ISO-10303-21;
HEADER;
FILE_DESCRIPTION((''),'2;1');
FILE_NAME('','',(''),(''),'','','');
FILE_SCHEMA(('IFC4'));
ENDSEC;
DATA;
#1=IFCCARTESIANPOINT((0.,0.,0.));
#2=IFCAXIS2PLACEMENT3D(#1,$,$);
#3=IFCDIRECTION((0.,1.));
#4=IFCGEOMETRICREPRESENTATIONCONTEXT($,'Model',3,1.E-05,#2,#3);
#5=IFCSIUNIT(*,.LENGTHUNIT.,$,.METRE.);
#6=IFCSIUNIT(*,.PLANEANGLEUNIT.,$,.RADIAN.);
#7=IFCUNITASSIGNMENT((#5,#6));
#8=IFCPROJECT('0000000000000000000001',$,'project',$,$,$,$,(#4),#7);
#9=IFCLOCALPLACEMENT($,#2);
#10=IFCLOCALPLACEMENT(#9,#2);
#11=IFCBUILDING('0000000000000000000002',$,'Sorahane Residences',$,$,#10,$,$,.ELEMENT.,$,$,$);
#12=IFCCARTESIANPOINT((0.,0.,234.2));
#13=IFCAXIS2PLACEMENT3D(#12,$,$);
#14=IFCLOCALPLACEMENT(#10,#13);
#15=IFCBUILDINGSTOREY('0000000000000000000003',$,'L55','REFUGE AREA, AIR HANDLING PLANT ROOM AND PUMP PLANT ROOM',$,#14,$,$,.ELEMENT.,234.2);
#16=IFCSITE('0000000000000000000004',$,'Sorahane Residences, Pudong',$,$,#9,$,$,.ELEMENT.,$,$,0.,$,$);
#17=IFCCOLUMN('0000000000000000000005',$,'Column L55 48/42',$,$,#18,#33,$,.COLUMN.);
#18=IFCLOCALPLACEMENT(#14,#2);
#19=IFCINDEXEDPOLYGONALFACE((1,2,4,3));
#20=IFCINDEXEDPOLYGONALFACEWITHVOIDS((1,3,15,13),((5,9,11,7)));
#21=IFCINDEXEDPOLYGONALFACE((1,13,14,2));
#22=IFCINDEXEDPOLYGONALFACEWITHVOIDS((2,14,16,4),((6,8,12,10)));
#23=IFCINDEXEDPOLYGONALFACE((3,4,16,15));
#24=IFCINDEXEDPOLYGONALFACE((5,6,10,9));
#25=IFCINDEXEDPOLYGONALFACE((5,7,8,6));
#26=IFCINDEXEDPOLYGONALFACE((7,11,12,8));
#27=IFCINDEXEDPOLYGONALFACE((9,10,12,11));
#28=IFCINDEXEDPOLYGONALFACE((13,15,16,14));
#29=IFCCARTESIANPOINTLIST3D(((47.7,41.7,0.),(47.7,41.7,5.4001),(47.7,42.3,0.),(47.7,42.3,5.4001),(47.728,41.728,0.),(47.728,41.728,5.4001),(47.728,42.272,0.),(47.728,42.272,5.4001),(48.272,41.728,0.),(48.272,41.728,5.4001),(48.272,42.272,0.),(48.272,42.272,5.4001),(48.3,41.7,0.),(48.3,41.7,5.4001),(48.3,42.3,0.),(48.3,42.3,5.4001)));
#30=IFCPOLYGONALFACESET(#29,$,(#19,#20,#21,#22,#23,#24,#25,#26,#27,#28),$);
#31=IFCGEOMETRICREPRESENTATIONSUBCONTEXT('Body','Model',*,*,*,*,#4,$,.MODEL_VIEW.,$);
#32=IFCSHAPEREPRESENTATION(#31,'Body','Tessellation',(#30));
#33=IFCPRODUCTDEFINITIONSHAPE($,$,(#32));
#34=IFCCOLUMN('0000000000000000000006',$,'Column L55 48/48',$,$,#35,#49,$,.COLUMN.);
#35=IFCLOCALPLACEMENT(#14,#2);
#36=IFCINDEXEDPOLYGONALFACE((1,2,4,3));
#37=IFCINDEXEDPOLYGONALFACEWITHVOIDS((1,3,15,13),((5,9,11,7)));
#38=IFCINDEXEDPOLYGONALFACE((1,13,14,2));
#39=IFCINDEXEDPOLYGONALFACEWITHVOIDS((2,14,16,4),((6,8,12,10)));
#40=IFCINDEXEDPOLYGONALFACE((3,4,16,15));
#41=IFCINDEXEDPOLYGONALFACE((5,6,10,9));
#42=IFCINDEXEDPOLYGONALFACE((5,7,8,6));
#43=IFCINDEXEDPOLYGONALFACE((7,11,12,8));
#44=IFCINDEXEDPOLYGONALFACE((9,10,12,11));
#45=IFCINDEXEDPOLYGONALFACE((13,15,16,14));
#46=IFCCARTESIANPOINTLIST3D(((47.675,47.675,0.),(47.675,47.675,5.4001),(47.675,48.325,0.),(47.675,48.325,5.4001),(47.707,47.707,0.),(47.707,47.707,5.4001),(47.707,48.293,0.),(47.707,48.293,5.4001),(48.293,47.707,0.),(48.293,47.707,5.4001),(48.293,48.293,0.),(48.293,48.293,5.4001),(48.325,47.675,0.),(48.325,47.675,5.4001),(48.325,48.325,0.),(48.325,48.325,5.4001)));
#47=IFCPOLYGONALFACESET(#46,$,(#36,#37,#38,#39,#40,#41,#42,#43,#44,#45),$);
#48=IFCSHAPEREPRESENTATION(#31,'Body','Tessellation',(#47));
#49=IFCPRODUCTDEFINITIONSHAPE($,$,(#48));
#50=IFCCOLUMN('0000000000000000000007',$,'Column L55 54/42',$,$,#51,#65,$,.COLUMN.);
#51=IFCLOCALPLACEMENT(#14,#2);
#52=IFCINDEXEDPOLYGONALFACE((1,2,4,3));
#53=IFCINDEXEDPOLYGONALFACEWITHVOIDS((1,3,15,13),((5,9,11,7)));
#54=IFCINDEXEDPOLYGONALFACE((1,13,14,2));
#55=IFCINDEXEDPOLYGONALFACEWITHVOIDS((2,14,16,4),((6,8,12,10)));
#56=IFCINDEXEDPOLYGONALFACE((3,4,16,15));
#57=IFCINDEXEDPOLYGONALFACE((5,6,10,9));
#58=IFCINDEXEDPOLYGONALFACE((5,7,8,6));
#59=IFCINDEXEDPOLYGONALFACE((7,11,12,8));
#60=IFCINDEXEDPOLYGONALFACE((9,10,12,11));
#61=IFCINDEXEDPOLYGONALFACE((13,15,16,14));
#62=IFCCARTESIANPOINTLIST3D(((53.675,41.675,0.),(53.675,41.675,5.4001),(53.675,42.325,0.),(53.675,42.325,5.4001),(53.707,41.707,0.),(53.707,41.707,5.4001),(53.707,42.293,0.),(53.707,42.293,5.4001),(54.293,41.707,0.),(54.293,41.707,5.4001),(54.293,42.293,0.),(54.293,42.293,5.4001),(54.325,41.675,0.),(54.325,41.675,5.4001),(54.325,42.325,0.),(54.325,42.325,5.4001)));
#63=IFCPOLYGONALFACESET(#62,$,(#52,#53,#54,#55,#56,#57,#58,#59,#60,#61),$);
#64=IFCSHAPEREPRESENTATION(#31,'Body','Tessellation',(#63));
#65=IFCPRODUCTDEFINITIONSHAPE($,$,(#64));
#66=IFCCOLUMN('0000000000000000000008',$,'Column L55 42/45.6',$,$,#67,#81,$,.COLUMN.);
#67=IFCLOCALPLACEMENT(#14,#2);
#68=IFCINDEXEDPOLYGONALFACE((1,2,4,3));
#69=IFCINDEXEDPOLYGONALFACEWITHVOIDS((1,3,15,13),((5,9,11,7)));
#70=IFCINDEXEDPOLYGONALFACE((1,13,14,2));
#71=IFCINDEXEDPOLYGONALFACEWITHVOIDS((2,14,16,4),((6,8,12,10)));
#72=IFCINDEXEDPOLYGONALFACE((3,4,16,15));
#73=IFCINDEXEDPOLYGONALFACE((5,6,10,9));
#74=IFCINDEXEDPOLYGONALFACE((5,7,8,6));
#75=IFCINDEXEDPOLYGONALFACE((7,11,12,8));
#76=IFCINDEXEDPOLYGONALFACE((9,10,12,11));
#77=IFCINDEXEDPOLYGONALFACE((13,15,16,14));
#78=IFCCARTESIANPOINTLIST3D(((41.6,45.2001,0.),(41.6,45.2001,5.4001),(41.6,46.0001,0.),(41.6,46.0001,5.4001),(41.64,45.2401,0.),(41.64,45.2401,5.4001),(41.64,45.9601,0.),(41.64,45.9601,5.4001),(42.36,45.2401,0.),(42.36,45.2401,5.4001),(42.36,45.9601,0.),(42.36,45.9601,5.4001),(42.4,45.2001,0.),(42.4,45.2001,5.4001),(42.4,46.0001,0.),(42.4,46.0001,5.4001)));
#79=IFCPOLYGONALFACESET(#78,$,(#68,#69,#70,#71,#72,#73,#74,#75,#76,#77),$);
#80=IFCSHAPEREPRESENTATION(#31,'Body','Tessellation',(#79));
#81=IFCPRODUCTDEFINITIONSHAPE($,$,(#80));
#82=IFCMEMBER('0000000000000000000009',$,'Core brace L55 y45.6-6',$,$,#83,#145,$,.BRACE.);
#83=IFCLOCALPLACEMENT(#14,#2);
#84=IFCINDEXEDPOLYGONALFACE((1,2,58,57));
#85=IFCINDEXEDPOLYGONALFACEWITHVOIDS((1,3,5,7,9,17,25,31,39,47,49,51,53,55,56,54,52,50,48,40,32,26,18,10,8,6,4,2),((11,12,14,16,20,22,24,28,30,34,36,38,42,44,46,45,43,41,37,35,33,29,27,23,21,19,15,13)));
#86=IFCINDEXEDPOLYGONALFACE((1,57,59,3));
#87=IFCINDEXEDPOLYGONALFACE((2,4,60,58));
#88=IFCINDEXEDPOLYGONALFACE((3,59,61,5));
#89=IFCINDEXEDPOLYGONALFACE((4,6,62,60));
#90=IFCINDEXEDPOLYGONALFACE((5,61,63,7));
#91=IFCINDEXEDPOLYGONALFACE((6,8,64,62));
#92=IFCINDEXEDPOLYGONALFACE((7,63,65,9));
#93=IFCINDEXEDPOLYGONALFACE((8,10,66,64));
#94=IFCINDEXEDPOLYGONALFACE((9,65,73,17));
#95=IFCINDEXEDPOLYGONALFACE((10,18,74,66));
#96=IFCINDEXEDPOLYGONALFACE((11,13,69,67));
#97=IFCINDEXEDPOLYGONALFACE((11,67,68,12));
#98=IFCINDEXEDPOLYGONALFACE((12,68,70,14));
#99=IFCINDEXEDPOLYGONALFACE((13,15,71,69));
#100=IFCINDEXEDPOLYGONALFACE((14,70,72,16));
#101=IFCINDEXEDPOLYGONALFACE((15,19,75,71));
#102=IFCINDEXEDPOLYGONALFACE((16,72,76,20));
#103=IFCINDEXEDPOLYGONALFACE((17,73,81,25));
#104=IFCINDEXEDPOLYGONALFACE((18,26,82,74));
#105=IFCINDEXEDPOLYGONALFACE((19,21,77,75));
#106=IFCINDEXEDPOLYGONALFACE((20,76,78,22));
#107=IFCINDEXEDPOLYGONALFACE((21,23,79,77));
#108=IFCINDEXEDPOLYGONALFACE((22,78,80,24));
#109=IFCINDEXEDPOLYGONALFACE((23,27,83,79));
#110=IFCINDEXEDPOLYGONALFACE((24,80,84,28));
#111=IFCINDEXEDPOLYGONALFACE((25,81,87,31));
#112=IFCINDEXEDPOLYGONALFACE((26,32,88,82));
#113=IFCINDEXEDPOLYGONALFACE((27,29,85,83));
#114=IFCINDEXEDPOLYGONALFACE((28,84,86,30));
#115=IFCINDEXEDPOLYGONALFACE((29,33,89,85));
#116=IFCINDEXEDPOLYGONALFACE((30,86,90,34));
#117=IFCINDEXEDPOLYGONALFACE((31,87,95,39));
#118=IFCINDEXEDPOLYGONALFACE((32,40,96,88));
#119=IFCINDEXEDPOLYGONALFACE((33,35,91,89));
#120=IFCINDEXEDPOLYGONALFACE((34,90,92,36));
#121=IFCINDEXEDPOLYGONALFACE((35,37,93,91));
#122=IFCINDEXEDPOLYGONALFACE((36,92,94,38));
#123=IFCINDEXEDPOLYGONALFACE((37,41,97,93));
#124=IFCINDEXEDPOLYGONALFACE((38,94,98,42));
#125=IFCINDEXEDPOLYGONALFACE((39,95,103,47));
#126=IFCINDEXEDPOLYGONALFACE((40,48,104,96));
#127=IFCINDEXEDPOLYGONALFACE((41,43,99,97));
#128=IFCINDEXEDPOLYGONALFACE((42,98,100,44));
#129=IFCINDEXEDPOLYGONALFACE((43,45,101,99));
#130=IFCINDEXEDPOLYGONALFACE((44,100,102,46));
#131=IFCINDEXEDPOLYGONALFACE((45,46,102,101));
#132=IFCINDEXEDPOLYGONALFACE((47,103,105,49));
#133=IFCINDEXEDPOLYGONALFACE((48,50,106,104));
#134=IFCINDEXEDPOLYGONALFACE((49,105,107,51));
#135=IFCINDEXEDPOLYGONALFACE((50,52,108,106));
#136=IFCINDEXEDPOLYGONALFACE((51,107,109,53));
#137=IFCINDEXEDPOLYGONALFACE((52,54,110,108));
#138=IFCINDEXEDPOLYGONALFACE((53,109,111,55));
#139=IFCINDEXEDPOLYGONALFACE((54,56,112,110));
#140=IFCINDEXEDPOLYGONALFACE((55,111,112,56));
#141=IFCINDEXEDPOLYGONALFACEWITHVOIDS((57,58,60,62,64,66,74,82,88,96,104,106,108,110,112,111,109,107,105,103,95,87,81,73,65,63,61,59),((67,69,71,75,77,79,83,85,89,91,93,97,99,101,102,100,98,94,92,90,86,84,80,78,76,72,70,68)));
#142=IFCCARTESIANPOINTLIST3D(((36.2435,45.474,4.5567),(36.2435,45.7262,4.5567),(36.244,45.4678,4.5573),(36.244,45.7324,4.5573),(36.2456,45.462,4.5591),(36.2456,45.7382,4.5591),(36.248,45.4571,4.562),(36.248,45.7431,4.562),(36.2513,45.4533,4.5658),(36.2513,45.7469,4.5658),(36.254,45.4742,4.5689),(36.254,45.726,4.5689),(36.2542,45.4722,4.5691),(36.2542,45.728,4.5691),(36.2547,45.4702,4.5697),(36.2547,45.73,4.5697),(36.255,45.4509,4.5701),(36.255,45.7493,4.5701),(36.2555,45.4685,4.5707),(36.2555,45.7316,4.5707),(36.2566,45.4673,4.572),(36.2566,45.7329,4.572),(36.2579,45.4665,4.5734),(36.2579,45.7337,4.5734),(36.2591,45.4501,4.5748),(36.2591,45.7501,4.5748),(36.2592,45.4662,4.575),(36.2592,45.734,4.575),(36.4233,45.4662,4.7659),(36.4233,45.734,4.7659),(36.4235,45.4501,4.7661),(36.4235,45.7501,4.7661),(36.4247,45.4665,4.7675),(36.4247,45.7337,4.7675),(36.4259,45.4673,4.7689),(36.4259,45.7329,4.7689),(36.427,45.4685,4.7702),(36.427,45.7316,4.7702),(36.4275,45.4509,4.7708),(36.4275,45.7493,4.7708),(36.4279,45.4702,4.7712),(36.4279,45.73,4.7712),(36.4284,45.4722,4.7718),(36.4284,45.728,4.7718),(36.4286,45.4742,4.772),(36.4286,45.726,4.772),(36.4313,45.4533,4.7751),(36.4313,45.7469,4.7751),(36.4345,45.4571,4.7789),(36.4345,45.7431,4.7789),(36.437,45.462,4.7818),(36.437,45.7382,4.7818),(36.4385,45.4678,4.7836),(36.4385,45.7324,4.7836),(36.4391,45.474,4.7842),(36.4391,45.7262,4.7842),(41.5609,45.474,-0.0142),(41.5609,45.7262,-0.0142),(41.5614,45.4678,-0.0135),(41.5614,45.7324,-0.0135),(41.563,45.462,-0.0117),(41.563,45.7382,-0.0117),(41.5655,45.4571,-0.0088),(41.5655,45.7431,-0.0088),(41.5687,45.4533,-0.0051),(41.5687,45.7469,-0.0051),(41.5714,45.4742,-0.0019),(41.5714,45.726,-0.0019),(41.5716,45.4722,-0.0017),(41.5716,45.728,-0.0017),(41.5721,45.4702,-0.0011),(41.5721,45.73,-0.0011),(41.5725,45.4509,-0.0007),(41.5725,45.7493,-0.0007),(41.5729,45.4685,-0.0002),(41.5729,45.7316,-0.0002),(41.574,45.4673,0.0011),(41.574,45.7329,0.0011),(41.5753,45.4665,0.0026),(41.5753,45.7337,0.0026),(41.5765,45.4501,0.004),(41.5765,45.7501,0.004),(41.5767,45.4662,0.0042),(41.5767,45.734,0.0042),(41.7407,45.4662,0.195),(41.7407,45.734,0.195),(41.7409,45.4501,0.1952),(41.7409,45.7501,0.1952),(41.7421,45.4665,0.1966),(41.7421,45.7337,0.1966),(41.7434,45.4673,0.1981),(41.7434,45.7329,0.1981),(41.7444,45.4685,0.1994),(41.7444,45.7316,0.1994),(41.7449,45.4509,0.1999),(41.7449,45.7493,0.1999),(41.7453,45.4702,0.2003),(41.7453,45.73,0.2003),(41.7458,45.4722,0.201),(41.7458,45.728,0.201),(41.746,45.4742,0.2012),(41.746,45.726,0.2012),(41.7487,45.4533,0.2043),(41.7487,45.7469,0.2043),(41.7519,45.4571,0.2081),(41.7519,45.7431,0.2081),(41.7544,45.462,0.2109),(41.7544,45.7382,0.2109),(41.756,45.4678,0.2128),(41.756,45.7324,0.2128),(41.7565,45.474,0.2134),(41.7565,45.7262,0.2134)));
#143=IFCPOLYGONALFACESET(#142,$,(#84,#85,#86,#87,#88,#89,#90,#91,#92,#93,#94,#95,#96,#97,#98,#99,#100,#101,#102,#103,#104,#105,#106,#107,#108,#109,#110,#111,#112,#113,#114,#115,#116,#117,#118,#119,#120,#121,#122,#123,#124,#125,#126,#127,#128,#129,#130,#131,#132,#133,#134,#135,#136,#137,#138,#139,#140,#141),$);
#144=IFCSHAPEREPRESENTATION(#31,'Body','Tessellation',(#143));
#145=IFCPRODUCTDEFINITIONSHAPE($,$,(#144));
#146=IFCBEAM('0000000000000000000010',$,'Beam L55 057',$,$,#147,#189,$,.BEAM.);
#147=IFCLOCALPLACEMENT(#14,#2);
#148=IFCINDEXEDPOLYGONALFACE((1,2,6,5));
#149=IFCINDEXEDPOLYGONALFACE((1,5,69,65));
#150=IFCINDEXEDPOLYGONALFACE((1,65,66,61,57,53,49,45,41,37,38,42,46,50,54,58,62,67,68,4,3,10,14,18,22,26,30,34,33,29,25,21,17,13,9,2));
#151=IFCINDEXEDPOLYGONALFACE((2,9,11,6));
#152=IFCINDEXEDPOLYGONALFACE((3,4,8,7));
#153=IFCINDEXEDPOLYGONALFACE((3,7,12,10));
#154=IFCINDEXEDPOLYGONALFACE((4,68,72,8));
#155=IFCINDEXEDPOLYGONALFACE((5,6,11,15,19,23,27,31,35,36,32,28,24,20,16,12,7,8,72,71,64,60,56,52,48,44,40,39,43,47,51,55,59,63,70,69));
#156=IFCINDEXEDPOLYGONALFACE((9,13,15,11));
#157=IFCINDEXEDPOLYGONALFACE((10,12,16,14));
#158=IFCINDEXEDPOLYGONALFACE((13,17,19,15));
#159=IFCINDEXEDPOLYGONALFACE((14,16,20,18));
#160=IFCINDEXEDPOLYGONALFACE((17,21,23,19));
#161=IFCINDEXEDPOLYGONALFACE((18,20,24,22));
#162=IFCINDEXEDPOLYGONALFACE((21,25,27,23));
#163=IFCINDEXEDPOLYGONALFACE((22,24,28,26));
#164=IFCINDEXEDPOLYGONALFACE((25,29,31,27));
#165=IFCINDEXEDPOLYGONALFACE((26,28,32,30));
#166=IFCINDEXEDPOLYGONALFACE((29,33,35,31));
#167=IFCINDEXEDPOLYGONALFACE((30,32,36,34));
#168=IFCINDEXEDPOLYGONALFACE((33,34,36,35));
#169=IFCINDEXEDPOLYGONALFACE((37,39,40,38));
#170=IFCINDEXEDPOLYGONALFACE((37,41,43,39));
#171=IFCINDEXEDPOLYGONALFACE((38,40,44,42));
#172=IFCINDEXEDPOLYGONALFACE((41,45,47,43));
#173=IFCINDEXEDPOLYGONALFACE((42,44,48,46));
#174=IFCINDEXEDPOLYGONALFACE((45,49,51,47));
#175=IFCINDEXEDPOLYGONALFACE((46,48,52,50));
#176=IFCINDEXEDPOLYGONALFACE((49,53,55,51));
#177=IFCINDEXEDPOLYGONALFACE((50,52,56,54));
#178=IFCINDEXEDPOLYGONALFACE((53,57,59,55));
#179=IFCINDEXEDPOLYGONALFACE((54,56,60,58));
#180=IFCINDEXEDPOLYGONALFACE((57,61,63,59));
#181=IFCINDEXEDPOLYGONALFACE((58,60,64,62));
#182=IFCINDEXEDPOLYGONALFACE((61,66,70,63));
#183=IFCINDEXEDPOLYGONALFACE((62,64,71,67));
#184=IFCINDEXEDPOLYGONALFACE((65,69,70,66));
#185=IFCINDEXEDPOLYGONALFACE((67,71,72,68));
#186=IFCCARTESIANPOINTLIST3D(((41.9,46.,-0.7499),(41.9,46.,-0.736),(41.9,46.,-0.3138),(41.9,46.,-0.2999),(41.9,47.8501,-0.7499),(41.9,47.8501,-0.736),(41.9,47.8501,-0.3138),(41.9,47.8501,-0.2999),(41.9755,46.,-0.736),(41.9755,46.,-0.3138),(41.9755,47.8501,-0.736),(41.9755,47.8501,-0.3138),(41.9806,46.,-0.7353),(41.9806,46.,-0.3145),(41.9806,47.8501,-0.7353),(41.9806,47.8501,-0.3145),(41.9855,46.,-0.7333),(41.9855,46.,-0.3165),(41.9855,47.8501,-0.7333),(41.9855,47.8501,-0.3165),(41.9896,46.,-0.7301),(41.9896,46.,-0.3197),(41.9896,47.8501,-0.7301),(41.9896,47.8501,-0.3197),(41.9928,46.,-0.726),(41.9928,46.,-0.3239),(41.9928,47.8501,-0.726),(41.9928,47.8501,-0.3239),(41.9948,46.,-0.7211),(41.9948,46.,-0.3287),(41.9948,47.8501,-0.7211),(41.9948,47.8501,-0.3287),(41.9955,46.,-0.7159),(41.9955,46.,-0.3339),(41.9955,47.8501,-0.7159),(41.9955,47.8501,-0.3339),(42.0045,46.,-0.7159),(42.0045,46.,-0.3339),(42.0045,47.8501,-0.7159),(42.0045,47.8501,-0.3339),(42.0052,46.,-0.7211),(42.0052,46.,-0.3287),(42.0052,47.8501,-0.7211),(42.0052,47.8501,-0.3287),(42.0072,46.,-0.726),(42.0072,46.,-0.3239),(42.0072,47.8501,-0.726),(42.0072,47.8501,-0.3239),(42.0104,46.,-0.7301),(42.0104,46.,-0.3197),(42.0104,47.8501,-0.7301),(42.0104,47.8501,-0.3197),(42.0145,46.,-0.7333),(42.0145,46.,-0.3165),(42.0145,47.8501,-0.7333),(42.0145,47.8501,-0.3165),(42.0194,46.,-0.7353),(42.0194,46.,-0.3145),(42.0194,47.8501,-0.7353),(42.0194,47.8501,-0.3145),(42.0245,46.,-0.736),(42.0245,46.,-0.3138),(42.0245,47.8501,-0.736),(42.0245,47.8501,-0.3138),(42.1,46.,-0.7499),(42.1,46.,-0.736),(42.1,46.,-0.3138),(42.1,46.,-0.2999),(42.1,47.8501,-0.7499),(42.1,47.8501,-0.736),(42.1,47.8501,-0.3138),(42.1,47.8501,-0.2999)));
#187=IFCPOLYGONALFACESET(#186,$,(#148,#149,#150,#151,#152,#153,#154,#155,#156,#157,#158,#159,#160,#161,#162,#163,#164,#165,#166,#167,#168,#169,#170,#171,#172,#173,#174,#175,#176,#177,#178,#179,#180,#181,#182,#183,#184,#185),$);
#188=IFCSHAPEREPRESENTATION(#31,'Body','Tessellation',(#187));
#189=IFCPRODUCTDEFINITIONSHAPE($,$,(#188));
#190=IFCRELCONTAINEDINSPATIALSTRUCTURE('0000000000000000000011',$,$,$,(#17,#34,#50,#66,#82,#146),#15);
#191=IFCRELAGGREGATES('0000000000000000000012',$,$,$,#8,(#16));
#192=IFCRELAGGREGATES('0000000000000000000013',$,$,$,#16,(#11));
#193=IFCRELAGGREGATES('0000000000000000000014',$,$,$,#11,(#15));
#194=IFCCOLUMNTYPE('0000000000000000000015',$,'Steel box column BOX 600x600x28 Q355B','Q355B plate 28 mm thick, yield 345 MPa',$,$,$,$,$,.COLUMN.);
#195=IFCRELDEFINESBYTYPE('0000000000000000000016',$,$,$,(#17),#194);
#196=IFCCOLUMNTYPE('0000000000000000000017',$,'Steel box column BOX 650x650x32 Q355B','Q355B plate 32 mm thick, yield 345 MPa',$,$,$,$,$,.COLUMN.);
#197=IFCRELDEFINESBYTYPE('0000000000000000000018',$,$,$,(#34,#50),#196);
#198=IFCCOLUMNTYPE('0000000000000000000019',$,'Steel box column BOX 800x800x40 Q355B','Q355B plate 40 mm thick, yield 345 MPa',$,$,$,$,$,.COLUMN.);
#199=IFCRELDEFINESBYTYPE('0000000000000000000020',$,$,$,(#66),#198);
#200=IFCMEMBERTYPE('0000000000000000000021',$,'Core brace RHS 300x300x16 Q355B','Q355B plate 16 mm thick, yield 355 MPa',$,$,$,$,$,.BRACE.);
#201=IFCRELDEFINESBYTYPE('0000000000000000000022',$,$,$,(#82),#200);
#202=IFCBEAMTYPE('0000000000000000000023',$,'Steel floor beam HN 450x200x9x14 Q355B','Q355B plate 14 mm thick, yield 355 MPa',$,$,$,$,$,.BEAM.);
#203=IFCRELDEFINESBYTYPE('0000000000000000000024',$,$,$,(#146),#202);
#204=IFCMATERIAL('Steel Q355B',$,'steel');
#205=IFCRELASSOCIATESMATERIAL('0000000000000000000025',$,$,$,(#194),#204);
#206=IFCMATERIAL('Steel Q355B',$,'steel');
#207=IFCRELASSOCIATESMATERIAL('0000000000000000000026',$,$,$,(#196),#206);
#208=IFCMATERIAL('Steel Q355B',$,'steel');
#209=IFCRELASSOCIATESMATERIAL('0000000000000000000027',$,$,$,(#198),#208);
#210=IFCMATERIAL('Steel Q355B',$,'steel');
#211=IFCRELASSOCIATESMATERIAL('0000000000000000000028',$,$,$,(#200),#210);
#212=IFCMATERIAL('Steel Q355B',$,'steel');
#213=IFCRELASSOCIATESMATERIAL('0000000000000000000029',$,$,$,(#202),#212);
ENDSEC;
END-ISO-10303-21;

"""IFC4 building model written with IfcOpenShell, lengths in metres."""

from ifc_helpers import new_model, si_unit, direction, frame, origin, origin_2d, place, context, subcontext, project, spatial, hollow_rectangle, i_section, extrude, material, material_profile, profile_set, type_object, element, save


model = new_model("IFC4")

# Units and contexts
model_context = context("Model", 3, precision=1e-05, world=origin(), true_north=direction((0.0, 1.0)))
body_context = subcontext(model_context, "Body", "Model", "MODEL_VIEW")
ifc_project = project(units=[si_unit("LENGTHUNIT", "METRE"), si_unit("PLANEANGLEUNIT", "RADIAN")], contexts=[model_context])

# Site, building, storey
site_placement = place(None, origin())
site = spatial("IfcSite", under=ifc_project, at=site_placement, Name="Sorahane Residences, Pudong", CompositionType="ELEMENT", RefElevation=0.0)
building_placement = place(site_placement, origin())
building = spatial("IfcBuilding", under=site, at=building_placement, Name="Sorahane Residences", CompositionType="ELEMENT")
storey_placement = place(building_placement, frame((0.0, 0.0, 234.2)))
storey = spatial("IfcBuildingStorey", under=building, at=storey_placement, Name="L55", Description="REFUGE AREA, AIR HANDLING PLANT ROOM AND PUMP PLANT ROOM", CompositionType="ELEMENT", Elevation=234.2)

# Columns
ifc_material_1 = material(Name="Steel Q355B", Category="steel")
ifc_material_profile_1 = material_profile(ifc_material_1, hollow_rectangle(XDim=0.6001, YDim=0.6001, WallThickness=0.0281, at=origin_2d()), Name="BOX 600x600x28")
ifc_profile_set_1 = profile_set([ifc_material_profile_1], Name="Steel Q355B")
column_type_1 = type_object("IfcColumnType", Name="Steel box column BOX 600x600x28 Q355B", Description="Q355B plate 28 mm thick, yield 345 MPa", PredefinedType="COLUMN", material=ifc_profile_set_1)
column_1_placement = place(storey_placement, frame((48.0, 42.0, 0.0), z_axis=(0.0, 0.0, 1.0), x_axis=(1.0, 0.0, 0.0)))
element("IfcColumn", 1, at=column_1_placement, inside=storey, type_object=column_type_1, Name="Column L55 48/42", PredefinedType="COLUMN", context=body_context, shape_type="SweptSolid", body=[
    extrude(hollow_rectangle(XDim=0.6001, YDim=0.6001, WallThickness=0.0281, at=origin_2d()), origin(), (0.0, 0.0, 1.0), 5.4001),
])
ifc_material_2 = material(Name="Steel Q355B", Category="steel")
ifc_material_profile_2 = material_profile(ifc_material_2, hollow_rectangle(XDim=0.6499, YDim=0.6499, WallThickness=0.032, at=origin_2d()), Name="BOX 650x650x32")
ifc_profile_set_2 = profile_set([ifc_material_profile_2], Name="Steel Q355B")
column_type_2 = type_object("IfcColumnType", Name="Steel box column BOX 650x650x32 Q355B", Description="Q355B plate 32 mm thick, yield 345 MPa", PredefinedType="COLUMN", material=ifc_profile_set_2)
for number, where, z_axis, x_axis, name in (
    (2, (48.0, 48.0, 0.0), (0.0, 0.0, 1.0), (1.0, 0.0, 0.0), "Column L55 48/48"),
    (3, (54.0, 42.0, 0.0), (0.0, 0.0, 1.0), (1.0, 0.0, 0.0), "Column L55 54/42"),
):
    element("IfcColumn", number, at=place(storey_placement, frame(where, z_axis=z_axis, x_axis=x_axis)), inside=storey, type_object=column_type_2, Name=name, PredefinedType="COLUMN", context=body_context, shape_type="SweptSolid", body=[
        extrude(hollow_rectangle(XDim=0.6499, YDim=0.6499, WallThickness=0.032, at=origin_2d()), origin(), (0.0, 0.0, 1.0), 5.4001),
    ])
ifc_material_3 = material(Name="Steel Q355B", Category="steel")
ifc_material_profile_3 = material_profile(ifc_material_3, hollow_rectangle(XDim=0.8, YDim=0.8, WallThickness=0.04, at=origin_2d()), Name="BOX 800x800x40")
ifc_profile_set_3 = profile_set([ifc_material_profile_3], Name="Steel Q355B")
column_type_3 = type_object("IfcColumnType", Name="Steel box column BOX 800x800x40 Q355B", Description="Q355B plate 40 mm thick, yield 345 MPa", PredefinedType="COLUMN", material=ifc_profile_set_3)
column_2_placement = place(storey_placement, frame((42.0, 45.6001, 0.0), z_axis=(0.0, 0.0, 1.0), x_axis=(1.0, 0.0, 0.0)))
element("IfcColumn", 4, at=column_2_placement, inside=storey, type_object=column_type_3, Name="Column L55 42/45.6", PredefinedType="COLUMN", context=body_context, shape_type="SweptSolid", body=[
    extrude(hollow_rectangle(XDim=0.8, YDim=0.8, WallThickness=0.04, at=origin_2d()), origin(), (0.0, 0.0, 1.0), 5.4001),
])

# Member
ifc_material_4 = material(Name="Steel Q355B", Category="steel")
ifc_material_profile_4 = material_profile(ifc_material_4, hollow_rectangle(XDim=0.3, YDim=0.3, WallThickness=0.0161, InnerFilletRadius=0.0081, OuterFilletRadius=0.0239, at=origin_2d()), Name="RHS 300x300x16")
ifc_profile_set_4 = profile_set([ifc_material_profile_4], Name="Steel Q355B")
member_type = type_object("IfcMemberType", Name="Core brace RHS 300x300x16 Q355B", Description="Q355B plate 16 mm thick, yield 355 MPa", PredefinedType="BRACE", material=ifc_profile_set_4)
member_placement = place(storey_placement, frame((41.6587, 45.6001, 0.0996), z_axis=(-0.758337, 0.0, 0.651863), x_axis=(0.0, -1.0, 0.0)))
element("IfcMember", 5, at=member_placement, inside=storey, type_object=member_type, Name="Core brace L55 y45.6-6", PredefinedType="BRACE", context=body_context, shape_type="SweptSolid", body=[
    extrude(hollow_rectangle(XDim=0.3, YDim=0.3, WallThickness=0.0161, InnerFilletRadius=0.0081, OuterFilletRadius=0.0239, at=origin_2d()), origin(), (0.0, 0.0, 1.0), 7.012),
])

# Beam
ifc_material_5 = material(Name="Steel Q355B", Category="steel")
ifc_material_profile_5 = material_profile(ifc_material_5, i_section(OverallWidth=0.2, OverallDepth=0.45, WebThickness=0.009, FlangeThickness=0.0139, FilletRadius=0.02, at=origin_2d()), Name="HN 450x200x9x14")
ifc_profile_set_5 = profile_set([ifc_material_profile_5], Name="Steel Q355B")
beam_type = type_object("IfcBeamType", Name="Steel floor beam HN 450x200x9x14 Q355B", Description="Q355B plate 14 mm thick, yield 355 MPa", PredefinedType="BEAM", material=ifc_profile_set_5)
beam_1_placement = place(storey_placement, frame((42.0, 46.0, -0.5249), z_axis=(0.0, 1.0, 0.0), x_axis=(-1.0, 0.0, 0.0)))
element("IfcBeam", 6, at=beam_1_placement, inside=storey, type_object=beam_type, Name="Beam L55 057", PredefinedType="BEAM", context=body_context, shape_type="SweptSolid", body=[
    extrude(i_section(OverallWidth=0.2, OverallDepth=0.45, WebThickness=0.009, FlangeThickness=0.0139, FilletRadius=0.02, at=origin_2d()), origin(), (0.0, 0.0, 1.0), 1.8501),
])

save(model, "model.ifc")
